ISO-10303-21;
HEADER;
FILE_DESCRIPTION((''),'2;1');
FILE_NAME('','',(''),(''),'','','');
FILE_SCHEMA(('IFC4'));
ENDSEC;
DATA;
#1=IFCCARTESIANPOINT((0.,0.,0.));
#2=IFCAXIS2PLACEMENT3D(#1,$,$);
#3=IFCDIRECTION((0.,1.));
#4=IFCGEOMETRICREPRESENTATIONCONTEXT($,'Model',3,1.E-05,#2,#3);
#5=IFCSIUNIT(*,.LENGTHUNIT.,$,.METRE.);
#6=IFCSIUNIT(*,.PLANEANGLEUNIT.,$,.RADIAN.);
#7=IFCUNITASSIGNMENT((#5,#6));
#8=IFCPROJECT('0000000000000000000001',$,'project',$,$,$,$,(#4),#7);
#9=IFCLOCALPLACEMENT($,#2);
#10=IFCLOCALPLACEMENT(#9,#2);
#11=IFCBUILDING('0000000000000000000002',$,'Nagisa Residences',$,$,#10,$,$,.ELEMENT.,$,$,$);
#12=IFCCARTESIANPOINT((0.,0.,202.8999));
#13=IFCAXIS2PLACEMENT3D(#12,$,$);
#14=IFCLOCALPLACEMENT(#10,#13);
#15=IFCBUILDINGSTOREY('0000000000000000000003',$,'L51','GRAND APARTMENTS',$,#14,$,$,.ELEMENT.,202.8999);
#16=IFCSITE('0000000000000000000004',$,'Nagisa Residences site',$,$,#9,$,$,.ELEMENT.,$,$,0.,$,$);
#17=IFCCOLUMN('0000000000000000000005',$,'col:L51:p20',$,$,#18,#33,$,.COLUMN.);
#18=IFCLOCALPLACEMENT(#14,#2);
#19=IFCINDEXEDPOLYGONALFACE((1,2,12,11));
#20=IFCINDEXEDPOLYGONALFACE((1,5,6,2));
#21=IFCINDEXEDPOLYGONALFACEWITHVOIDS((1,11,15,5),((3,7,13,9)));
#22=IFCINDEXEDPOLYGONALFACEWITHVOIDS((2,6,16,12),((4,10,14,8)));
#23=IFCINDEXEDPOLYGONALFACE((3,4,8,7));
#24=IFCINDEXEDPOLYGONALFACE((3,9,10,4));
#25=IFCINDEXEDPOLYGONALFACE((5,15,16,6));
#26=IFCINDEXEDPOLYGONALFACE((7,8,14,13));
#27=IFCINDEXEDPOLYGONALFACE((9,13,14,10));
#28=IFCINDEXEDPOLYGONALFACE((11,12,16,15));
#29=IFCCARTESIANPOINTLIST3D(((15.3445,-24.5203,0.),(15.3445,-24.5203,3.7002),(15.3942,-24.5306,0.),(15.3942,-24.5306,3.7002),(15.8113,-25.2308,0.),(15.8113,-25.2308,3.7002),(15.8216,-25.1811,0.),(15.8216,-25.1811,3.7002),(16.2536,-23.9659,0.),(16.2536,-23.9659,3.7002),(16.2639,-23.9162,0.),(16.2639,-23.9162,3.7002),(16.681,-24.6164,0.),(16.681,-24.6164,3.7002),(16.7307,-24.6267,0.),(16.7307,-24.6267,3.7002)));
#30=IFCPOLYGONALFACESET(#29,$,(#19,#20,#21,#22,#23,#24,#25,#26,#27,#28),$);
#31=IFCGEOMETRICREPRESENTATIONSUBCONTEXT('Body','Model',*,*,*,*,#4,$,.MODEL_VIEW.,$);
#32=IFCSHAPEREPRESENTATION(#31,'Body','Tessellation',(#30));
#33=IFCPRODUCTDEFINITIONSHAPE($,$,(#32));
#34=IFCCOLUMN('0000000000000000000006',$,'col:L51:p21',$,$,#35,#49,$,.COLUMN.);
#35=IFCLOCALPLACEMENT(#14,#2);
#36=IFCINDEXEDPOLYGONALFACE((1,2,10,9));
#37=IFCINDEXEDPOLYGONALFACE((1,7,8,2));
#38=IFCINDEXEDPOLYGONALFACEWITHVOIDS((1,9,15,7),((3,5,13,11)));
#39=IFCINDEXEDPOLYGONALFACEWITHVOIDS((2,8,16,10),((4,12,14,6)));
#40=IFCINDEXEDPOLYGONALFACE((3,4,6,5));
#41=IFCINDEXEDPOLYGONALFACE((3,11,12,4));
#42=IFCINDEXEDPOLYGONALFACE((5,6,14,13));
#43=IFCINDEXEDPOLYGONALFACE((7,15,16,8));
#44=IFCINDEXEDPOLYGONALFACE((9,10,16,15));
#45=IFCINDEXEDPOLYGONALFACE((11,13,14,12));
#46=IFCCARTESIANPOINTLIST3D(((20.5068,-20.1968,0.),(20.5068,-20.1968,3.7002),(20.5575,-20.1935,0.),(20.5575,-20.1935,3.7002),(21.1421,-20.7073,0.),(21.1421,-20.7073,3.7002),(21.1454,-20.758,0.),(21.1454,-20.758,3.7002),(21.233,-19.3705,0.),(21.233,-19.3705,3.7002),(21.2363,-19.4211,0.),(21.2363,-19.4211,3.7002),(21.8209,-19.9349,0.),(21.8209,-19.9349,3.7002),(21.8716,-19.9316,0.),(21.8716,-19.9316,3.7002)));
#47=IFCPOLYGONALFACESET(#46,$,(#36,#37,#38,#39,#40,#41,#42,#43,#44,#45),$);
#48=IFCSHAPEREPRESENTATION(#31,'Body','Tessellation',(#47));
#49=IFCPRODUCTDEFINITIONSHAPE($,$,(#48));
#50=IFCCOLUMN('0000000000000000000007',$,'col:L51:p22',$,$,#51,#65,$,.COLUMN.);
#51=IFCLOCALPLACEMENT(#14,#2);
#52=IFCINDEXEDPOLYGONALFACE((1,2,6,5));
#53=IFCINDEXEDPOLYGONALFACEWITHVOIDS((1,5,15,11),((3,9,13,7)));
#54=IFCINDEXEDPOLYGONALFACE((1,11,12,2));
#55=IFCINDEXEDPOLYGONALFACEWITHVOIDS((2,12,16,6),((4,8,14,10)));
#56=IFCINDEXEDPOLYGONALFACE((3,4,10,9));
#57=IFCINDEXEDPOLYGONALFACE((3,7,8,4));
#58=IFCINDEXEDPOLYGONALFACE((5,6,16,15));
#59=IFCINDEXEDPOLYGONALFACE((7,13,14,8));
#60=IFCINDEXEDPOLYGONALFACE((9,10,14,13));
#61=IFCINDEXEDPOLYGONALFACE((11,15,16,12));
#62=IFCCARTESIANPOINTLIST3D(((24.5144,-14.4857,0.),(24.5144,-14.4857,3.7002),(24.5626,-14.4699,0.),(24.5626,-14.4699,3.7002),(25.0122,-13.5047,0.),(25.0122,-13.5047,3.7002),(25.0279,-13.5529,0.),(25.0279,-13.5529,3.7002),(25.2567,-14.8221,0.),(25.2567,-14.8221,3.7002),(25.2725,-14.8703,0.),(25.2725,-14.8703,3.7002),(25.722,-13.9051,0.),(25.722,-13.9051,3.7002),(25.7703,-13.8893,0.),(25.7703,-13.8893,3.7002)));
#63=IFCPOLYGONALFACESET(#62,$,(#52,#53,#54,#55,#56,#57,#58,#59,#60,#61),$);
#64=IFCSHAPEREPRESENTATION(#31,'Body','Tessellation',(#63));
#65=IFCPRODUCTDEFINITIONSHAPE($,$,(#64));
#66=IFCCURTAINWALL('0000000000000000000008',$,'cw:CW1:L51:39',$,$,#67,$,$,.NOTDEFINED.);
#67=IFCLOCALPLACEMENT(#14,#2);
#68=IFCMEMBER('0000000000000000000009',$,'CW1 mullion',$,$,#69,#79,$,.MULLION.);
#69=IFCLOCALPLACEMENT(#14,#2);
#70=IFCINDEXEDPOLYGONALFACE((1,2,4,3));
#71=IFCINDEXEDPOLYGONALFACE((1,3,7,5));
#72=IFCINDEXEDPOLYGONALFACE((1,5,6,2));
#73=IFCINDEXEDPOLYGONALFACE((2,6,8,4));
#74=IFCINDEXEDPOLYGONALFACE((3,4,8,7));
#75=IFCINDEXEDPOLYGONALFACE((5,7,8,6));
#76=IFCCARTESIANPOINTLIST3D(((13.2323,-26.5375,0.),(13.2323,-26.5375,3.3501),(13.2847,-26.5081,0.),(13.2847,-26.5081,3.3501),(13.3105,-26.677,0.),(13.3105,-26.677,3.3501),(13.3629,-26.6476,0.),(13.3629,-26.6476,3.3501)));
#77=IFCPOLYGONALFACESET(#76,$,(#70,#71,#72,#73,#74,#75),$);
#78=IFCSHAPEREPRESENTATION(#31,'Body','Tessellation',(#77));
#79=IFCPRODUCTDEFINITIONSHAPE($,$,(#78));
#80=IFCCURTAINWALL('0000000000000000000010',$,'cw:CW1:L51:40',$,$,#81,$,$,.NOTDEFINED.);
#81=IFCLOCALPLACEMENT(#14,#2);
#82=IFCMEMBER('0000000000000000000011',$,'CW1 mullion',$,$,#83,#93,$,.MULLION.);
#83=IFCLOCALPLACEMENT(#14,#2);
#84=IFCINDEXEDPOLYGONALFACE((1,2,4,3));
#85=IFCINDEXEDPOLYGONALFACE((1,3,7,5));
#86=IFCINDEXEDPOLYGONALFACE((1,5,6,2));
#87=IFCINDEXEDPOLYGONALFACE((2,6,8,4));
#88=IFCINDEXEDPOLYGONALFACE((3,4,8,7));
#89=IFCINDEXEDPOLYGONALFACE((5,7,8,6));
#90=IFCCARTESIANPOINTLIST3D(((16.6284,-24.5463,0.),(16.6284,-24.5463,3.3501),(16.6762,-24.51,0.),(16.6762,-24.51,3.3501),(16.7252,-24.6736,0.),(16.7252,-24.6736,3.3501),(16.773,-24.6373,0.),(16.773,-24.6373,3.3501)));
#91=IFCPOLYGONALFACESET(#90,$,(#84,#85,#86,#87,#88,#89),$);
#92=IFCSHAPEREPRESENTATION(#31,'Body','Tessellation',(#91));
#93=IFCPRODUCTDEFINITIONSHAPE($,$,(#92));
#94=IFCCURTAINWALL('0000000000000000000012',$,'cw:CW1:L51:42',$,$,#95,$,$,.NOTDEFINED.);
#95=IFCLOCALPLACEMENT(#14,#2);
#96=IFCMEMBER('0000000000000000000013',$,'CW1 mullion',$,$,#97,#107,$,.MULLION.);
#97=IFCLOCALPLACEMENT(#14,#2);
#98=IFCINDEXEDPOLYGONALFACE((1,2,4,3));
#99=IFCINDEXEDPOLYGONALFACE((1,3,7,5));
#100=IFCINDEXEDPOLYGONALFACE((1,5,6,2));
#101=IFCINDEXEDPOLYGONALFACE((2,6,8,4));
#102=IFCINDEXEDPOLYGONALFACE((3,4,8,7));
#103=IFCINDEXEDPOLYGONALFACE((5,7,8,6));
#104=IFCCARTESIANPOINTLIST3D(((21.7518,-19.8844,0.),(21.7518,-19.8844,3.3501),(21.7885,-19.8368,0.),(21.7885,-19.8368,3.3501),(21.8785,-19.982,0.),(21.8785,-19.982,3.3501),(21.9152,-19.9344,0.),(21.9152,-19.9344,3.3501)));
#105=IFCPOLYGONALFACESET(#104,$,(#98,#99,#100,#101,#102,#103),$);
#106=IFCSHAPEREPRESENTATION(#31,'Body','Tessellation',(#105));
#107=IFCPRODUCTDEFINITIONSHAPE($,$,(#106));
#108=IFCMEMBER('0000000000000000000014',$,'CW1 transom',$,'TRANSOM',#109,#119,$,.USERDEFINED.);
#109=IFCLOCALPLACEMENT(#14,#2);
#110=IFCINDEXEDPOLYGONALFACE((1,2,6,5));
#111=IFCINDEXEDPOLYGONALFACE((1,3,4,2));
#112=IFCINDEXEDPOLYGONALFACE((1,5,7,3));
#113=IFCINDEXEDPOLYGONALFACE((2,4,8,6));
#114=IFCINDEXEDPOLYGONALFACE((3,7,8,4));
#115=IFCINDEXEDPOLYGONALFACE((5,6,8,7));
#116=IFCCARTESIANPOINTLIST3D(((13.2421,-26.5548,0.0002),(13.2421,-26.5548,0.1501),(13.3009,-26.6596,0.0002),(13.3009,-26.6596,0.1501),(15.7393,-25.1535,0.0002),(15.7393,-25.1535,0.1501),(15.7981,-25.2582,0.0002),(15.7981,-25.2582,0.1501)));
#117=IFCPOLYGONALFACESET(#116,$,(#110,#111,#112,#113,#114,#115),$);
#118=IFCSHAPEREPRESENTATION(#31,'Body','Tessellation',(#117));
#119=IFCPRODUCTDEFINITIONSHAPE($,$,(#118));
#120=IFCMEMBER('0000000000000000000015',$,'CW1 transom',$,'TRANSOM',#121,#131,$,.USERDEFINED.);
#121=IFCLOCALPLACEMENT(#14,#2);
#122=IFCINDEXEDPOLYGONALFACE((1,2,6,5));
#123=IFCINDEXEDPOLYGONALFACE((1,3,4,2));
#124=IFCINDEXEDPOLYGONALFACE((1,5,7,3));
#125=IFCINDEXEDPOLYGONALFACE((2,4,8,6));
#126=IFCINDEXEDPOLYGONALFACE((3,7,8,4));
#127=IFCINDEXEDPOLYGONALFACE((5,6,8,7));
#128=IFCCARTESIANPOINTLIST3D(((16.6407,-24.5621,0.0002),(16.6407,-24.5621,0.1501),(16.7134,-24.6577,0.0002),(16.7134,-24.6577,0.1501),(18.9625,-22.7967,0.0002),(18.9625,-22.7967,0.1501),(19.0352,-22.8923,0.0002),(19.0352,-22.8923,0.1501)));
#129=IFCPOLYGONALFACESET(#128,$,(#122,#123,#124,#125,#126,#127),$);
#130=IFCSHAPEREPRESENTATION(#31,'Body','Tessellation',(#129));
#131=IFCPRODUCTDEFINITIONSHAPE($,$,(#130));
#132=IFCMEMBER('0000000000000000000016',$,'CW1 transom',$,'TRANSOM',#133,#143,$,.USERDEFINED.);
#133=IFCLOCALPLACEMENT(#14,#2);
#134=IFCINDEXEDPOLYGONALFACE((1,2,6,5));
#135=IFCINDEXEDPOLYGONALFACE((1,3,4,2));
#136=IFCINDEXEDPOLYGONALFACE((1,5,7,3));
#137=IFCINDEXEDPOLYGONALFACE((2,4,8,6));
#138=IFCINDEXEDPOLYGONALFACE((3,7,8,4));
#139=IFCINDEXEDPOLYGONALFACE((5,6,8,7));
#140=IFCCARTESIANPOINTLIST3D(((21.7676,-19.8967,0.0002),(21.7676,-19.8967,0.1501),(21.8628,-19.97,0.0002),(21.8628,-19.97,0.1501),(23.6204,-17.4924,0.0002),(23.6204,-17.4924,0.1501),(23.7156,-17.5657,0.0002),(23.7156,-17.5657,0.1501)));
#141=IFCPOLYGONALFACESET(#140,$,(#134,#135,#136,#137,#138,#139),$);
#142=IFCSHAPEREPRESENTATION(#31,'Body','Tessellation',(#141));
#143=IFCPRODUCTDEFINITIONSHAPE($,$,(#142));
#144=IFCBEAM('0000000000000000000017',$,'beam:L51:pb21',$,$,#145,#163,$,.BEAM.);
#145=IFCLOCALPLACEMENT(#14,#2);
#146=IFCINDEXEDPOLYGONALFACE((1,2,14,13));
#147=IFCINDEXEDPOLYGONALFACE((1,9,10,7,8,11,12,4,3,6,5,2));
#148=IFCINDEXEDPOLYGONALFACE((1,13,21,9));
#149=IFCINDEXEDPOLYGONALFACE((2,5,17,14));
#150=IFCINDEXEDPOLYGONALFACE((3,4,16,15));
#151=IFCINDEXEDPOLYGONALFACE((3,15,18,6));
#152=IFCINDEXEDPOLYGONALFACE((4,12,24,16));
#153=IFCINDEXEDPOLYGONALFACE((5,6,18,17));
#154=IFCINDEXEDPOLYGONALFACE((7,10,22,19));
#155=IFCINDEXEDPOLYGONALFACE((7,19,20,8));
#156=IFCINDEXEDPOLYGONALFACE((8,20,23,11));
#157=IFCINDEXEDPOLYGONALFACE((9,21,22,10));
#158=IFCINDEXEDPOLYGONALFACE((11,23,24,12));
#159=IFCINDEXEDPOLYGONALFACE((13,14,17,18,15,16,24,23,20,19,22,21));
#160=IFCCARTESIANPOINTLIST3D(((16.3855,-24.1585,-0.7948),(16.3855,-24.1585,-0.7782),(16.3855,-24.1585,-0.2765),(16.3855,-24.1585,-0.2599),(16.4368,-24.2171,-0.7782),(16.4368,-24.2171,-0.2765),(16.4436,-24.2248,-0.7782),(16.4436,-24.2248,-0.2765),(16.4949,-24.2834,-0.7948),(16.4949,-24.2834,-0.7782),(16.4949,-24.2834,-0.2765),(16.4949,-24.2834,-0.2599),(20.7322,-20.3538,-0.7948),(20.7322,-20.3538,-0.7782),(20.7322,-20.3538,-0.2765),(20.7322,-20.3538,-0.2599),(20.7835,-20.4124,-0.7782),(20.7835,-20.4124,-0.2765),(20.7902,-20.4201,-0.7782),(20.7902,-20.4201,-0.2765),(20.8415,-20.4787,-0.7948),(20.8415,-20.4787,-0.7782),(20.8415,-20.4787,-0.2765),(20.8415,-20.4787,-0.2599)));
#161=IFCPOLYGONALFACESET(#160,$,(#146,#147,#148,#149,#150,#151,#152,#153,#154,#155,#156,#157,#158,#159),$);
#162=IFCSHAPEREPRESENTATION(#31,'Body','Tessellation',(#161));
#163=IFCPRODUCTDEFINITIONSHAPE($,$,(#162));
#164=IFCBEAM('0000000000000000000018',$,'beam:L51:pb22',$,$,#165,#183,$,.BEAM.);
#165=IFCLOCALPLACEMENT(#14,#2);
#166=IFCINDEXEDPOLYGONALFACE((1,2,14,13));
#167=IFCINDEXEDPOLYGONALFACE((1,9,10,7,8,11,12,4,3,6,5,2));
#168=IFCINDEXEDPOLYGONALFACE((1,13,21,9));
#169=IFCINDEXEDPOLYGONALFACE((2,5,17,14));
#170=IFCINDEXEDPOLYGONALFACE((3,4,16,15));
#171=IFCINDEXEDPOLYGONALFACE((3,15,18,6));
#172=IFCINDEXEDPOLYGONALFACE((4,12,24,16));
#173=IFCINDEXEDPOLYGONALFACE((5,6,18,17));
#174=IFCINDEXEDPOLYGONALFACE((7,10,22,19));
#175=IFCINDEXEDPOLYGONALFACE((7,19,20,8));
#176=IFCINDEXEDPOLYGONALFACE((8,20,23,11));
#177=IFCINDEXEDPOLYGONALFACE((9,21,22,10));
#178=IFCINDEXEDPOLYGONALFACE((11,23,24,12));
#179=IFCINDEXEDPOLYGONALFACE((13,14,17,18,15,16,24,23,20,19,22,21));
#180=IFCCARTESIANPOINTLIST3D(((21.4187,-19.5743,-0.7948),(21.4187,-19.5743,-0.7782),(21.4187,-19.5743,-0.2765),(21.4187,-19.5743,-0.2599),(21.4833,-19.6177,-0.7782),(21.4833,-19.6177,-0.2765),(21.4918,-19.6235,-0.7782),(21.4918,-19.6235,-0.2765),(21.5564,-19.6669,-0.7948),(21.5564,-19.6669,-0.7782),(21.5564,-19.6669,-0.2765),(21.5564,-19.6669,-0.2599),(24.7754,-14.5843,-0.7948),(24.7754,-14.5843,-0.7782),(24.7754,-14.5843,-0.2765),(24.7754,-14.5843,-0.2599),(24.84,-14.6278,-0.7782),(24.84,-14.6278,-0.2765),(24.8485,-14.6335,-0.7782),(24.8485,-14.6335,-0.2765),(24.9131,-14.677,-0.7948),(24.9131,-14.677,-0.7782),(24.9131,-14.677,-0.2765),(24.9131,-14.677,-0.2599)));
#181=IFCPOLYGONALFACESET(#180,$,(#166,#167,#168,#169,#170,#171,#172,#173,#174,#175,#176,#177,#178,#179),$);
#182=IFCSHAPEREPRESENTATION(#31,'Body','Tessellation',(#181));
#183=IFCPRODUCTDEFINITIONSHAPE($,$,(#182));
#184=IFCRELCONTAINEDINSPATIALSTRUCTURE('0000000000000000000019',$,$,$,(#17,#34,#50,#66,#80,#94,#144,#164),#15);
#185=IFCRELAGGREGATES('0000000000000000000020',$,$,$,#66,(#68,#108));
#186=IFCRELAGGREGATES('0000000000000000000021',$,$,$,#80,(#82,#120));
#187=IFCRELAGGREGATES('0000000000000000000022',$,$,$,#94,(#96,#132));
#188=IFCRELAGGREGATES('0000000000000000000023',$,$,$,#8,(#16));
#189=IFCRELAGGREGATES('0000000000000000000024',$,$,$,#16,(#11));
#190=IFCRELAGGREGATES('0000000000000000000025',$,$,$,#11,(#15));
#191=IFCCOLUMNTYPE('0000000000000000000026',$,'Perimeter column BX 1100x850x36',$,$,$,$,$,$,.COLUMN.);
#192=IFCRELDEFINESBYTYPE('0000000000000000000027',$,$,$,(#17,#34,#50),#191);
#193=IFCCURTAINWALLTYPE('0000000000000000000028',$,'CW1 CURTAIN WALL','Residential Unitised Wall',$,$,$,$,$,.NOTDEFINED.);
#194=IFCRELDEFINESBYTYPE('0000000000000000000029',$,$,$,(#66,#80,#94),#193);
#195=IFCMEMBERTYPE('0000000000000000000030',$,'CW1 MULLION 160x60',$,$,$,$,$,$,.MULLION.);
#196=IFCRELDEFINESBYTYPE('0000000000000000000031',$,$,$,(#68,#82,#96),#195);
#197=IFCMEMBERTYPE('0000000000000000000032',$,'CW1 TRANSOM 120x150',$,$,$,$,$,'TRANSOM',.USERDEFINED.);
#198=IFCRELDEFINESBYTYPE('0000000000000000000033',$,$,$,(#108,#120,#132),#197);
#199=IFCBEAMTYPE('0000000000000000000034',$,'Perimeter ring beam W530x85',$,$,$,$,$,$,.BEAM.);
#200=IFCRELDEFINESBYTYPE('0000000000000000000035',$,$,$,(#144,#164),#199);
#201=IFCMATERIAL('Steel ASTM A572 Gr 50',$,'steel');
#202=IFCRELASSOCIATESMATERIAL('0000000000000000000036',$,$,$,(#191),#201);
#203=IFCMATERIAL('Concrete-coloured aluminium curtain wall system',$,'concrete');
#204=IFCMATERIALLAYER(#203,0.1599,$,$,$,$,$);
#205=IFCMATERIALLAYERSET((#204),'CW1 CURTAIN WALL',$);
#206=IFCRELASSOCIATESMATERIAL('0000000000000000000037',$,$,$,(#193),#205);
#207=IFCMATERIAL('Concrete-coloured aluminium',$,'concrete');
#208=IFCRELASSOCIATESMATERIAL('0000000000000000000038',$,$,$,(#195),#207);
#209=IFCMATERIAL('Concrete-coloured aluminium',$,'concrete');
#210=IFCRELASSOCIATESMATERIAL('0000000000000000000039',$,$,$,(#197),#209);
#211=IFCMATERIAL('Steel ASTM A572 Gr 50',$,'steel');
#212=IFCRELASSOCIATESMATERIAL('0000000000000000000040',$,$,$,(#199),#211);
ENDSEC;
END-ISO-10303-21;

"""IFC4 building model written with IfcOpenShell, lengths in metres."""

from ifc_helpers import new_model, si_unit, direction, frame, origin, origin_2d, place, context, subcontext, project, spatial, rectangle, hollow_rectangle, i_section, extrude, material, layer, layer_set, material_profile, profile_set, type_object, element, aggregate, save


model = new_model("IFC4")

# Units and contexts
model_context = context("Model", 3, precision=1e-05, world=origin(), true_north=direction((0.0, 1.0)))
body_context = subcontext(model_context, "Body", "Model", "MODEL_VIEW")
ifc_project = project(units=[si_unit("LENGTHUNIT", "METRE"), si_unit("PLANEANGLEUNIT", "RADIAN")], contexts=[model_context])

# Site, building, storey
site_placement = place(None, origin())
site = spatial("IfcSite", under=ifc_project, at=site_placement, Name="Nagisa Residences site", CompositionType="ELEMENT", RefElevation=0.0)
building_placement = place(site_placement, origin())
building = spatial("IfcBuilding", under=site, at=building_placement, Name="Nagisa Residences", CompositionType="ELEMENT")
storey_placement = place(building_placement, frame((0.0, 0.0, 202.8999)))
storey = spatial("IfcBuildingStorey", under=building, at=storey_placement, Name="L51", Description="GRAND APARTMENTS", CompositionType="ELEMENT", Elevation=202.8999)

# Columns
ifc_material_1 = material(Name="Steel ASTM A572 Gr 50", Category="steel")
ifc_material_profile_1 = material_profile(ifc_material_1, hollow_rectangle(XDim=1.1001, YDim=0.8501, WallThickness=0.0359, at=origin_2d()), Name="BX 1100x850x36")
ifc_profile_set_1 = profile_set([ifc_material_profile_1], Name="Steel ASTM A572 Gr 50")
column_type = type_object("IfcColumnType", Name="Perimeter column BX 1100x850x36", PredefinedType="COLUMN", material=ifc_profile_set_1)
for number, where, z_axis, x_axis, name in (
    (1, (16.0376, -24.5735, 0.0), (0.0, 0.0, 1.0), (0.835766, 0.549086, 0.0), "col:L51:p20"),
    (2, (21.1892, -20.0642, 0.0), (0.0, 0.0, 1.0), (0.660115, 0.751165, 0.0), "col:L51:p21"),
    (3, (25.1423, -14.1875, 0.0), (0.0, 0.0, 1.0), (0.452463, 0.891783, 0.0), "col:L51:p22"),
):
    element("IfcColumn", number, at=place(storey_placement, frame(where, z_axis=z_axis, x_axis=x_axis)), inside=storey, type_object=column_type, Name=name, PredefinedType="COLUMN", context=body_context, shape_type="SweptSolid", body=[
        extrude(hollow_rectangle(XDim=1.1001, YDim=0.8501, WallThickness=0.0359, at=origin_2d()), origin(), (0.0, 0.0, 1.0), 3.7002),
    ])

# Curtain walls, members
ifc_material_2 = material(Name="Concrete-coloured aluminium curtain wall system", Category="concrete")
ifc_layer_1 = layer(ifc_material_2, 0.1599)
ifc_layer_set_1 = layer_set([ifc_layer_1], Name="CW1 CURTAIN WALL")
curtain_wall_type = type_object("IfcCurtainWallType", Name="CW1 CURTAIN WALL", Description="Residential Unitised Wall", PredefinedType="NOTDEFINED", material=ifc_layer_set_1)
curtain_wall_1_placement = place(storey_placement, origin())
curtain_wall_1 = element("IfcCurtainWall", 4, at=curtain_wall_1_placement, inside=storey, type_object=curtain_wall_type, Name="cw:CW1:L51:39", PredefinedType="NOTDEFINED")
ifc_material_3 = material(Name="Concrete-coloured aluminium", Category="concrete")
ifc_material_profile_2 = material_profile(ifc_material_3, rectangle(XDim=0.1599, YDim=0.0601, at=origin_2d()), Name="CW1 MULLION 160x60")
ifc_profile_set_2 = profile_set([ifc_material_profile_2], Name="Concrete-coloured aluminium")
member_type_1 = type_object("IfcMemberType", Name="CW1 MULLION 160x60", PredefinedType="MULLION", material=ifc_profile_set_2)
member_1_placement = place(storey_placement, frame((13.2976, -26.5925, 0.0), z_axis=(0.0, 0.0, 1.0), x_axis=(-0.489377, 0.872072, 0.0)))
member_1 = element("IfcMember", 5, at=member_1_placement, type_object=member_type_1, Name="CW1 mullion", PredefinedType="MULLION", context=body_context, shape_type="SweptSolid", body=[
    extrude(rectangle(XDim=0.1599, YDim=0.0601, at=origin_2d()), origin(), (0.0, 0.0, 1.0), 3.3501),
])
curtain_wall_2_placement = place(storey_placement, origin())
curtain_wall_2 = element("IfcCurtainWall", 6, at=curtain_wall_2_placement, inside=storey, type_object=curtain_wall_type, Name="cw:CW1:L51:40", PredefinedType="NOTDEFINED")
member_2_placement = place(storey_placement, frame((16.7007, -24.5918, 0.0), z_axis=(0.0, 0.0, 1.0), x_axis=(-0.605255, 0.796031, 0.0)))
member_2 = element("IfcMember", 7, at=member_2_placement, type_object=member_type_1, Name="CW1 mullion", PredefinedType="MULLION", context=body_context, shape_type="SweptSolid", body=[
    extrude(rectangle(XDim=0.1599, YDim=0.0601, at=origin_2d()), origin(), (0.0, 0.0, 1.0), 3.3501),
])
curtain_wall_3_placement = place(storey_placement, origin())
curtain_wall_3 = element("IfcCurtainWall", 8, at=curtain_wall_3_placement, inside=storey, type_object=curtain_wall_type, Name="cw:CW1:L51:42", PredefinedType="NOTDEFINED")
member_3_placement = place(storey_placement, frame((21.8335, -19.9094, 0.0), z_axis=(0.0, 0.0, 1.0), x_axis=(-0.79207, 0.61043, 0.0)))
member_3 = element("IfcMember", 9, at=member_3_placement, type_object=member_type_1, Name="CW1 mullion", PredefinedType="MULLION", context=body_context, shape_type="SweptSolid", body=[
    extrude(rectangle(XDim=0.1599, YDim=0.0601, at=origin_2d()), origin(), (0.0, 0.0, 1.0), 3.3501),
])

# Members
ifc_material_4 = material(Name="Concrete-coloured aluminium", Category="concrete")
ifc_material_profile_3 = material_profile(ifc_material_4, rectangle(XDim=0.1201, YDim=0.1499, at=origin_2d()), Name="CW1 TRANSOM 120x150")
ifc_profile_set_3 = profile_set([ifc_material_profile_3], Name="Concrete-coloured aluminium")
member_type_2 = type_object("IfcMemberType", Name="CW1 TRANSOM 120x150", ElementType="TRANSOM", PredefinedType="USERDEFINED", material=ifc_profile_set_3)
member_4_placement = place(storey_placement, frame((13.2715, -26.6072, 0.0752), z_axis=(0.872078, 0.489366, 0.0), x_axis=(-0.489366, 0.872078, 0.0)))
member_4 = element("IfcMember", 10, at=member_4_placement, type_object=member_type_2, Name="CW1 transom", ObjectType="TRANSOM", PredefinedType="USERDEFINED", context=body_context, shape_type="SweptSolid", body=[
    extrude(rectangle(XDim=0.1201, YDim=0.1499, at=origin_2d()), origin(), (0.0, 0.0, 1.0), 2.8635),
])
member_5_placement = place(storey_placement, frame((16.677, -24.6099, 0.0752), z_axis=(0.796025, 0.605264, 0.0), x_axis=(-0.605264, 0.796025, 0.0)))
member_5 = element("IfcMember", 11, at=member_5_placement, type_object=member_type_2, Name="CW1 transom", ObjectType="TRANSOM", PredefinedType="USERDEFINED", context=body_context, shape_type="SweptSolid", body=[
    extrude(rectangle(XDim=0.1201, YDim=0.1499, at=origin_2d()), origin(), (0.0, 0.0, 1.0), 2.9167),
])
member_6_placement = place(storey_placement, frame((21.8152, -19.9333, 0.0752), z_axis=(0.610399, 0.792094, 0.0), x_axis=(-0.792094, 0.610399, 0.0)))
member_6 = element("IfcMember", 12, at=member_6_placement, type_object=member_type_2, Name="CW1 transom", ObjectType="TRANSOM", PredefinedType="USERDEFINED", context=body_context, shape_type="SweptSolid", body=[
    extrude(rectangle(XDim=0.1201, YDim=0.1499, at=origin_2d()), origin(), (0.0, 0.0, 1.0), 3.0354),
])

# Beams
ifc_material_5 = material(Name="Steel ASTM A572 Gr 50", Category="steel")
ifc_material_profile_4 = material_profile(ifc_material_5, i_section(OverallWidth=0.166, OverallDepth=0.5349, WebThickness=0.0103, FlangeThickness=0.0166, at=origin_2d()), Name="W530x85")
ifc_profile_set_4 = profile_set([ifc_material_profile_4], Name="Steel ASTM A572 Gr 50")
beam_type_1 = type_object("IfcBeamType", Name="Perimeter ring beam W530x85", PredefinedType="BEAM", material=ifc_profile_set_4)
beam_1_placement = place(storey_placement, frame((16.4402, -24.2209, -0.5273), z_axis=(0.752461, 0.658636, 0.0), x_axis=(-0.658636, 0.752461, 0.0)))
element("IfcBeam", 13, at=beam_1_placement, inside=storey, type_object=beam_type_1, Name="beam:L51:pb21", PredefinedType="BEAM", context=body_context, shape_type="SweptSolid", body=[
    extrude(i_section(OverallWidth=0.166, OverallDepth=0.5349, WebThickness=0.0103, FlangeThickness=0.0166, at=origin_2d()), origin(), (0.0, 0.0, 1.0), 5.7766),
])
beam_2_placement = place(storey_placement, frame((21.4875, -19.6206, -0.5273), z_axis=(0.558152, 0.829739, 0.0), x_axis=(-0.829739, 0.558152, 0.0)))
element("IfcBeam", 14, at=beam_2_placement, inside=storey, type_object=beam_type_1, Name="beam:L51:pb22", PredefinedType="BEAM", context=body_context, shape_type="SweptSolid", body=[
    extrude(i_section(OverallWidth=0.166, OverallDepth=0.5349, WebThickness=0.0103, FlangeThickness=0.0166, at=origin_2d()), origin(), (0.0, 0.0, 1.0), 6.0139),
])

aggregate(curtain_wall_1, [member_1, member_4])
aggregate(curtain_wall_2, [member_2, member_5])
aggregate(curtain_wall_3, [member_3, member_6])

save(model, "model.ifc")
